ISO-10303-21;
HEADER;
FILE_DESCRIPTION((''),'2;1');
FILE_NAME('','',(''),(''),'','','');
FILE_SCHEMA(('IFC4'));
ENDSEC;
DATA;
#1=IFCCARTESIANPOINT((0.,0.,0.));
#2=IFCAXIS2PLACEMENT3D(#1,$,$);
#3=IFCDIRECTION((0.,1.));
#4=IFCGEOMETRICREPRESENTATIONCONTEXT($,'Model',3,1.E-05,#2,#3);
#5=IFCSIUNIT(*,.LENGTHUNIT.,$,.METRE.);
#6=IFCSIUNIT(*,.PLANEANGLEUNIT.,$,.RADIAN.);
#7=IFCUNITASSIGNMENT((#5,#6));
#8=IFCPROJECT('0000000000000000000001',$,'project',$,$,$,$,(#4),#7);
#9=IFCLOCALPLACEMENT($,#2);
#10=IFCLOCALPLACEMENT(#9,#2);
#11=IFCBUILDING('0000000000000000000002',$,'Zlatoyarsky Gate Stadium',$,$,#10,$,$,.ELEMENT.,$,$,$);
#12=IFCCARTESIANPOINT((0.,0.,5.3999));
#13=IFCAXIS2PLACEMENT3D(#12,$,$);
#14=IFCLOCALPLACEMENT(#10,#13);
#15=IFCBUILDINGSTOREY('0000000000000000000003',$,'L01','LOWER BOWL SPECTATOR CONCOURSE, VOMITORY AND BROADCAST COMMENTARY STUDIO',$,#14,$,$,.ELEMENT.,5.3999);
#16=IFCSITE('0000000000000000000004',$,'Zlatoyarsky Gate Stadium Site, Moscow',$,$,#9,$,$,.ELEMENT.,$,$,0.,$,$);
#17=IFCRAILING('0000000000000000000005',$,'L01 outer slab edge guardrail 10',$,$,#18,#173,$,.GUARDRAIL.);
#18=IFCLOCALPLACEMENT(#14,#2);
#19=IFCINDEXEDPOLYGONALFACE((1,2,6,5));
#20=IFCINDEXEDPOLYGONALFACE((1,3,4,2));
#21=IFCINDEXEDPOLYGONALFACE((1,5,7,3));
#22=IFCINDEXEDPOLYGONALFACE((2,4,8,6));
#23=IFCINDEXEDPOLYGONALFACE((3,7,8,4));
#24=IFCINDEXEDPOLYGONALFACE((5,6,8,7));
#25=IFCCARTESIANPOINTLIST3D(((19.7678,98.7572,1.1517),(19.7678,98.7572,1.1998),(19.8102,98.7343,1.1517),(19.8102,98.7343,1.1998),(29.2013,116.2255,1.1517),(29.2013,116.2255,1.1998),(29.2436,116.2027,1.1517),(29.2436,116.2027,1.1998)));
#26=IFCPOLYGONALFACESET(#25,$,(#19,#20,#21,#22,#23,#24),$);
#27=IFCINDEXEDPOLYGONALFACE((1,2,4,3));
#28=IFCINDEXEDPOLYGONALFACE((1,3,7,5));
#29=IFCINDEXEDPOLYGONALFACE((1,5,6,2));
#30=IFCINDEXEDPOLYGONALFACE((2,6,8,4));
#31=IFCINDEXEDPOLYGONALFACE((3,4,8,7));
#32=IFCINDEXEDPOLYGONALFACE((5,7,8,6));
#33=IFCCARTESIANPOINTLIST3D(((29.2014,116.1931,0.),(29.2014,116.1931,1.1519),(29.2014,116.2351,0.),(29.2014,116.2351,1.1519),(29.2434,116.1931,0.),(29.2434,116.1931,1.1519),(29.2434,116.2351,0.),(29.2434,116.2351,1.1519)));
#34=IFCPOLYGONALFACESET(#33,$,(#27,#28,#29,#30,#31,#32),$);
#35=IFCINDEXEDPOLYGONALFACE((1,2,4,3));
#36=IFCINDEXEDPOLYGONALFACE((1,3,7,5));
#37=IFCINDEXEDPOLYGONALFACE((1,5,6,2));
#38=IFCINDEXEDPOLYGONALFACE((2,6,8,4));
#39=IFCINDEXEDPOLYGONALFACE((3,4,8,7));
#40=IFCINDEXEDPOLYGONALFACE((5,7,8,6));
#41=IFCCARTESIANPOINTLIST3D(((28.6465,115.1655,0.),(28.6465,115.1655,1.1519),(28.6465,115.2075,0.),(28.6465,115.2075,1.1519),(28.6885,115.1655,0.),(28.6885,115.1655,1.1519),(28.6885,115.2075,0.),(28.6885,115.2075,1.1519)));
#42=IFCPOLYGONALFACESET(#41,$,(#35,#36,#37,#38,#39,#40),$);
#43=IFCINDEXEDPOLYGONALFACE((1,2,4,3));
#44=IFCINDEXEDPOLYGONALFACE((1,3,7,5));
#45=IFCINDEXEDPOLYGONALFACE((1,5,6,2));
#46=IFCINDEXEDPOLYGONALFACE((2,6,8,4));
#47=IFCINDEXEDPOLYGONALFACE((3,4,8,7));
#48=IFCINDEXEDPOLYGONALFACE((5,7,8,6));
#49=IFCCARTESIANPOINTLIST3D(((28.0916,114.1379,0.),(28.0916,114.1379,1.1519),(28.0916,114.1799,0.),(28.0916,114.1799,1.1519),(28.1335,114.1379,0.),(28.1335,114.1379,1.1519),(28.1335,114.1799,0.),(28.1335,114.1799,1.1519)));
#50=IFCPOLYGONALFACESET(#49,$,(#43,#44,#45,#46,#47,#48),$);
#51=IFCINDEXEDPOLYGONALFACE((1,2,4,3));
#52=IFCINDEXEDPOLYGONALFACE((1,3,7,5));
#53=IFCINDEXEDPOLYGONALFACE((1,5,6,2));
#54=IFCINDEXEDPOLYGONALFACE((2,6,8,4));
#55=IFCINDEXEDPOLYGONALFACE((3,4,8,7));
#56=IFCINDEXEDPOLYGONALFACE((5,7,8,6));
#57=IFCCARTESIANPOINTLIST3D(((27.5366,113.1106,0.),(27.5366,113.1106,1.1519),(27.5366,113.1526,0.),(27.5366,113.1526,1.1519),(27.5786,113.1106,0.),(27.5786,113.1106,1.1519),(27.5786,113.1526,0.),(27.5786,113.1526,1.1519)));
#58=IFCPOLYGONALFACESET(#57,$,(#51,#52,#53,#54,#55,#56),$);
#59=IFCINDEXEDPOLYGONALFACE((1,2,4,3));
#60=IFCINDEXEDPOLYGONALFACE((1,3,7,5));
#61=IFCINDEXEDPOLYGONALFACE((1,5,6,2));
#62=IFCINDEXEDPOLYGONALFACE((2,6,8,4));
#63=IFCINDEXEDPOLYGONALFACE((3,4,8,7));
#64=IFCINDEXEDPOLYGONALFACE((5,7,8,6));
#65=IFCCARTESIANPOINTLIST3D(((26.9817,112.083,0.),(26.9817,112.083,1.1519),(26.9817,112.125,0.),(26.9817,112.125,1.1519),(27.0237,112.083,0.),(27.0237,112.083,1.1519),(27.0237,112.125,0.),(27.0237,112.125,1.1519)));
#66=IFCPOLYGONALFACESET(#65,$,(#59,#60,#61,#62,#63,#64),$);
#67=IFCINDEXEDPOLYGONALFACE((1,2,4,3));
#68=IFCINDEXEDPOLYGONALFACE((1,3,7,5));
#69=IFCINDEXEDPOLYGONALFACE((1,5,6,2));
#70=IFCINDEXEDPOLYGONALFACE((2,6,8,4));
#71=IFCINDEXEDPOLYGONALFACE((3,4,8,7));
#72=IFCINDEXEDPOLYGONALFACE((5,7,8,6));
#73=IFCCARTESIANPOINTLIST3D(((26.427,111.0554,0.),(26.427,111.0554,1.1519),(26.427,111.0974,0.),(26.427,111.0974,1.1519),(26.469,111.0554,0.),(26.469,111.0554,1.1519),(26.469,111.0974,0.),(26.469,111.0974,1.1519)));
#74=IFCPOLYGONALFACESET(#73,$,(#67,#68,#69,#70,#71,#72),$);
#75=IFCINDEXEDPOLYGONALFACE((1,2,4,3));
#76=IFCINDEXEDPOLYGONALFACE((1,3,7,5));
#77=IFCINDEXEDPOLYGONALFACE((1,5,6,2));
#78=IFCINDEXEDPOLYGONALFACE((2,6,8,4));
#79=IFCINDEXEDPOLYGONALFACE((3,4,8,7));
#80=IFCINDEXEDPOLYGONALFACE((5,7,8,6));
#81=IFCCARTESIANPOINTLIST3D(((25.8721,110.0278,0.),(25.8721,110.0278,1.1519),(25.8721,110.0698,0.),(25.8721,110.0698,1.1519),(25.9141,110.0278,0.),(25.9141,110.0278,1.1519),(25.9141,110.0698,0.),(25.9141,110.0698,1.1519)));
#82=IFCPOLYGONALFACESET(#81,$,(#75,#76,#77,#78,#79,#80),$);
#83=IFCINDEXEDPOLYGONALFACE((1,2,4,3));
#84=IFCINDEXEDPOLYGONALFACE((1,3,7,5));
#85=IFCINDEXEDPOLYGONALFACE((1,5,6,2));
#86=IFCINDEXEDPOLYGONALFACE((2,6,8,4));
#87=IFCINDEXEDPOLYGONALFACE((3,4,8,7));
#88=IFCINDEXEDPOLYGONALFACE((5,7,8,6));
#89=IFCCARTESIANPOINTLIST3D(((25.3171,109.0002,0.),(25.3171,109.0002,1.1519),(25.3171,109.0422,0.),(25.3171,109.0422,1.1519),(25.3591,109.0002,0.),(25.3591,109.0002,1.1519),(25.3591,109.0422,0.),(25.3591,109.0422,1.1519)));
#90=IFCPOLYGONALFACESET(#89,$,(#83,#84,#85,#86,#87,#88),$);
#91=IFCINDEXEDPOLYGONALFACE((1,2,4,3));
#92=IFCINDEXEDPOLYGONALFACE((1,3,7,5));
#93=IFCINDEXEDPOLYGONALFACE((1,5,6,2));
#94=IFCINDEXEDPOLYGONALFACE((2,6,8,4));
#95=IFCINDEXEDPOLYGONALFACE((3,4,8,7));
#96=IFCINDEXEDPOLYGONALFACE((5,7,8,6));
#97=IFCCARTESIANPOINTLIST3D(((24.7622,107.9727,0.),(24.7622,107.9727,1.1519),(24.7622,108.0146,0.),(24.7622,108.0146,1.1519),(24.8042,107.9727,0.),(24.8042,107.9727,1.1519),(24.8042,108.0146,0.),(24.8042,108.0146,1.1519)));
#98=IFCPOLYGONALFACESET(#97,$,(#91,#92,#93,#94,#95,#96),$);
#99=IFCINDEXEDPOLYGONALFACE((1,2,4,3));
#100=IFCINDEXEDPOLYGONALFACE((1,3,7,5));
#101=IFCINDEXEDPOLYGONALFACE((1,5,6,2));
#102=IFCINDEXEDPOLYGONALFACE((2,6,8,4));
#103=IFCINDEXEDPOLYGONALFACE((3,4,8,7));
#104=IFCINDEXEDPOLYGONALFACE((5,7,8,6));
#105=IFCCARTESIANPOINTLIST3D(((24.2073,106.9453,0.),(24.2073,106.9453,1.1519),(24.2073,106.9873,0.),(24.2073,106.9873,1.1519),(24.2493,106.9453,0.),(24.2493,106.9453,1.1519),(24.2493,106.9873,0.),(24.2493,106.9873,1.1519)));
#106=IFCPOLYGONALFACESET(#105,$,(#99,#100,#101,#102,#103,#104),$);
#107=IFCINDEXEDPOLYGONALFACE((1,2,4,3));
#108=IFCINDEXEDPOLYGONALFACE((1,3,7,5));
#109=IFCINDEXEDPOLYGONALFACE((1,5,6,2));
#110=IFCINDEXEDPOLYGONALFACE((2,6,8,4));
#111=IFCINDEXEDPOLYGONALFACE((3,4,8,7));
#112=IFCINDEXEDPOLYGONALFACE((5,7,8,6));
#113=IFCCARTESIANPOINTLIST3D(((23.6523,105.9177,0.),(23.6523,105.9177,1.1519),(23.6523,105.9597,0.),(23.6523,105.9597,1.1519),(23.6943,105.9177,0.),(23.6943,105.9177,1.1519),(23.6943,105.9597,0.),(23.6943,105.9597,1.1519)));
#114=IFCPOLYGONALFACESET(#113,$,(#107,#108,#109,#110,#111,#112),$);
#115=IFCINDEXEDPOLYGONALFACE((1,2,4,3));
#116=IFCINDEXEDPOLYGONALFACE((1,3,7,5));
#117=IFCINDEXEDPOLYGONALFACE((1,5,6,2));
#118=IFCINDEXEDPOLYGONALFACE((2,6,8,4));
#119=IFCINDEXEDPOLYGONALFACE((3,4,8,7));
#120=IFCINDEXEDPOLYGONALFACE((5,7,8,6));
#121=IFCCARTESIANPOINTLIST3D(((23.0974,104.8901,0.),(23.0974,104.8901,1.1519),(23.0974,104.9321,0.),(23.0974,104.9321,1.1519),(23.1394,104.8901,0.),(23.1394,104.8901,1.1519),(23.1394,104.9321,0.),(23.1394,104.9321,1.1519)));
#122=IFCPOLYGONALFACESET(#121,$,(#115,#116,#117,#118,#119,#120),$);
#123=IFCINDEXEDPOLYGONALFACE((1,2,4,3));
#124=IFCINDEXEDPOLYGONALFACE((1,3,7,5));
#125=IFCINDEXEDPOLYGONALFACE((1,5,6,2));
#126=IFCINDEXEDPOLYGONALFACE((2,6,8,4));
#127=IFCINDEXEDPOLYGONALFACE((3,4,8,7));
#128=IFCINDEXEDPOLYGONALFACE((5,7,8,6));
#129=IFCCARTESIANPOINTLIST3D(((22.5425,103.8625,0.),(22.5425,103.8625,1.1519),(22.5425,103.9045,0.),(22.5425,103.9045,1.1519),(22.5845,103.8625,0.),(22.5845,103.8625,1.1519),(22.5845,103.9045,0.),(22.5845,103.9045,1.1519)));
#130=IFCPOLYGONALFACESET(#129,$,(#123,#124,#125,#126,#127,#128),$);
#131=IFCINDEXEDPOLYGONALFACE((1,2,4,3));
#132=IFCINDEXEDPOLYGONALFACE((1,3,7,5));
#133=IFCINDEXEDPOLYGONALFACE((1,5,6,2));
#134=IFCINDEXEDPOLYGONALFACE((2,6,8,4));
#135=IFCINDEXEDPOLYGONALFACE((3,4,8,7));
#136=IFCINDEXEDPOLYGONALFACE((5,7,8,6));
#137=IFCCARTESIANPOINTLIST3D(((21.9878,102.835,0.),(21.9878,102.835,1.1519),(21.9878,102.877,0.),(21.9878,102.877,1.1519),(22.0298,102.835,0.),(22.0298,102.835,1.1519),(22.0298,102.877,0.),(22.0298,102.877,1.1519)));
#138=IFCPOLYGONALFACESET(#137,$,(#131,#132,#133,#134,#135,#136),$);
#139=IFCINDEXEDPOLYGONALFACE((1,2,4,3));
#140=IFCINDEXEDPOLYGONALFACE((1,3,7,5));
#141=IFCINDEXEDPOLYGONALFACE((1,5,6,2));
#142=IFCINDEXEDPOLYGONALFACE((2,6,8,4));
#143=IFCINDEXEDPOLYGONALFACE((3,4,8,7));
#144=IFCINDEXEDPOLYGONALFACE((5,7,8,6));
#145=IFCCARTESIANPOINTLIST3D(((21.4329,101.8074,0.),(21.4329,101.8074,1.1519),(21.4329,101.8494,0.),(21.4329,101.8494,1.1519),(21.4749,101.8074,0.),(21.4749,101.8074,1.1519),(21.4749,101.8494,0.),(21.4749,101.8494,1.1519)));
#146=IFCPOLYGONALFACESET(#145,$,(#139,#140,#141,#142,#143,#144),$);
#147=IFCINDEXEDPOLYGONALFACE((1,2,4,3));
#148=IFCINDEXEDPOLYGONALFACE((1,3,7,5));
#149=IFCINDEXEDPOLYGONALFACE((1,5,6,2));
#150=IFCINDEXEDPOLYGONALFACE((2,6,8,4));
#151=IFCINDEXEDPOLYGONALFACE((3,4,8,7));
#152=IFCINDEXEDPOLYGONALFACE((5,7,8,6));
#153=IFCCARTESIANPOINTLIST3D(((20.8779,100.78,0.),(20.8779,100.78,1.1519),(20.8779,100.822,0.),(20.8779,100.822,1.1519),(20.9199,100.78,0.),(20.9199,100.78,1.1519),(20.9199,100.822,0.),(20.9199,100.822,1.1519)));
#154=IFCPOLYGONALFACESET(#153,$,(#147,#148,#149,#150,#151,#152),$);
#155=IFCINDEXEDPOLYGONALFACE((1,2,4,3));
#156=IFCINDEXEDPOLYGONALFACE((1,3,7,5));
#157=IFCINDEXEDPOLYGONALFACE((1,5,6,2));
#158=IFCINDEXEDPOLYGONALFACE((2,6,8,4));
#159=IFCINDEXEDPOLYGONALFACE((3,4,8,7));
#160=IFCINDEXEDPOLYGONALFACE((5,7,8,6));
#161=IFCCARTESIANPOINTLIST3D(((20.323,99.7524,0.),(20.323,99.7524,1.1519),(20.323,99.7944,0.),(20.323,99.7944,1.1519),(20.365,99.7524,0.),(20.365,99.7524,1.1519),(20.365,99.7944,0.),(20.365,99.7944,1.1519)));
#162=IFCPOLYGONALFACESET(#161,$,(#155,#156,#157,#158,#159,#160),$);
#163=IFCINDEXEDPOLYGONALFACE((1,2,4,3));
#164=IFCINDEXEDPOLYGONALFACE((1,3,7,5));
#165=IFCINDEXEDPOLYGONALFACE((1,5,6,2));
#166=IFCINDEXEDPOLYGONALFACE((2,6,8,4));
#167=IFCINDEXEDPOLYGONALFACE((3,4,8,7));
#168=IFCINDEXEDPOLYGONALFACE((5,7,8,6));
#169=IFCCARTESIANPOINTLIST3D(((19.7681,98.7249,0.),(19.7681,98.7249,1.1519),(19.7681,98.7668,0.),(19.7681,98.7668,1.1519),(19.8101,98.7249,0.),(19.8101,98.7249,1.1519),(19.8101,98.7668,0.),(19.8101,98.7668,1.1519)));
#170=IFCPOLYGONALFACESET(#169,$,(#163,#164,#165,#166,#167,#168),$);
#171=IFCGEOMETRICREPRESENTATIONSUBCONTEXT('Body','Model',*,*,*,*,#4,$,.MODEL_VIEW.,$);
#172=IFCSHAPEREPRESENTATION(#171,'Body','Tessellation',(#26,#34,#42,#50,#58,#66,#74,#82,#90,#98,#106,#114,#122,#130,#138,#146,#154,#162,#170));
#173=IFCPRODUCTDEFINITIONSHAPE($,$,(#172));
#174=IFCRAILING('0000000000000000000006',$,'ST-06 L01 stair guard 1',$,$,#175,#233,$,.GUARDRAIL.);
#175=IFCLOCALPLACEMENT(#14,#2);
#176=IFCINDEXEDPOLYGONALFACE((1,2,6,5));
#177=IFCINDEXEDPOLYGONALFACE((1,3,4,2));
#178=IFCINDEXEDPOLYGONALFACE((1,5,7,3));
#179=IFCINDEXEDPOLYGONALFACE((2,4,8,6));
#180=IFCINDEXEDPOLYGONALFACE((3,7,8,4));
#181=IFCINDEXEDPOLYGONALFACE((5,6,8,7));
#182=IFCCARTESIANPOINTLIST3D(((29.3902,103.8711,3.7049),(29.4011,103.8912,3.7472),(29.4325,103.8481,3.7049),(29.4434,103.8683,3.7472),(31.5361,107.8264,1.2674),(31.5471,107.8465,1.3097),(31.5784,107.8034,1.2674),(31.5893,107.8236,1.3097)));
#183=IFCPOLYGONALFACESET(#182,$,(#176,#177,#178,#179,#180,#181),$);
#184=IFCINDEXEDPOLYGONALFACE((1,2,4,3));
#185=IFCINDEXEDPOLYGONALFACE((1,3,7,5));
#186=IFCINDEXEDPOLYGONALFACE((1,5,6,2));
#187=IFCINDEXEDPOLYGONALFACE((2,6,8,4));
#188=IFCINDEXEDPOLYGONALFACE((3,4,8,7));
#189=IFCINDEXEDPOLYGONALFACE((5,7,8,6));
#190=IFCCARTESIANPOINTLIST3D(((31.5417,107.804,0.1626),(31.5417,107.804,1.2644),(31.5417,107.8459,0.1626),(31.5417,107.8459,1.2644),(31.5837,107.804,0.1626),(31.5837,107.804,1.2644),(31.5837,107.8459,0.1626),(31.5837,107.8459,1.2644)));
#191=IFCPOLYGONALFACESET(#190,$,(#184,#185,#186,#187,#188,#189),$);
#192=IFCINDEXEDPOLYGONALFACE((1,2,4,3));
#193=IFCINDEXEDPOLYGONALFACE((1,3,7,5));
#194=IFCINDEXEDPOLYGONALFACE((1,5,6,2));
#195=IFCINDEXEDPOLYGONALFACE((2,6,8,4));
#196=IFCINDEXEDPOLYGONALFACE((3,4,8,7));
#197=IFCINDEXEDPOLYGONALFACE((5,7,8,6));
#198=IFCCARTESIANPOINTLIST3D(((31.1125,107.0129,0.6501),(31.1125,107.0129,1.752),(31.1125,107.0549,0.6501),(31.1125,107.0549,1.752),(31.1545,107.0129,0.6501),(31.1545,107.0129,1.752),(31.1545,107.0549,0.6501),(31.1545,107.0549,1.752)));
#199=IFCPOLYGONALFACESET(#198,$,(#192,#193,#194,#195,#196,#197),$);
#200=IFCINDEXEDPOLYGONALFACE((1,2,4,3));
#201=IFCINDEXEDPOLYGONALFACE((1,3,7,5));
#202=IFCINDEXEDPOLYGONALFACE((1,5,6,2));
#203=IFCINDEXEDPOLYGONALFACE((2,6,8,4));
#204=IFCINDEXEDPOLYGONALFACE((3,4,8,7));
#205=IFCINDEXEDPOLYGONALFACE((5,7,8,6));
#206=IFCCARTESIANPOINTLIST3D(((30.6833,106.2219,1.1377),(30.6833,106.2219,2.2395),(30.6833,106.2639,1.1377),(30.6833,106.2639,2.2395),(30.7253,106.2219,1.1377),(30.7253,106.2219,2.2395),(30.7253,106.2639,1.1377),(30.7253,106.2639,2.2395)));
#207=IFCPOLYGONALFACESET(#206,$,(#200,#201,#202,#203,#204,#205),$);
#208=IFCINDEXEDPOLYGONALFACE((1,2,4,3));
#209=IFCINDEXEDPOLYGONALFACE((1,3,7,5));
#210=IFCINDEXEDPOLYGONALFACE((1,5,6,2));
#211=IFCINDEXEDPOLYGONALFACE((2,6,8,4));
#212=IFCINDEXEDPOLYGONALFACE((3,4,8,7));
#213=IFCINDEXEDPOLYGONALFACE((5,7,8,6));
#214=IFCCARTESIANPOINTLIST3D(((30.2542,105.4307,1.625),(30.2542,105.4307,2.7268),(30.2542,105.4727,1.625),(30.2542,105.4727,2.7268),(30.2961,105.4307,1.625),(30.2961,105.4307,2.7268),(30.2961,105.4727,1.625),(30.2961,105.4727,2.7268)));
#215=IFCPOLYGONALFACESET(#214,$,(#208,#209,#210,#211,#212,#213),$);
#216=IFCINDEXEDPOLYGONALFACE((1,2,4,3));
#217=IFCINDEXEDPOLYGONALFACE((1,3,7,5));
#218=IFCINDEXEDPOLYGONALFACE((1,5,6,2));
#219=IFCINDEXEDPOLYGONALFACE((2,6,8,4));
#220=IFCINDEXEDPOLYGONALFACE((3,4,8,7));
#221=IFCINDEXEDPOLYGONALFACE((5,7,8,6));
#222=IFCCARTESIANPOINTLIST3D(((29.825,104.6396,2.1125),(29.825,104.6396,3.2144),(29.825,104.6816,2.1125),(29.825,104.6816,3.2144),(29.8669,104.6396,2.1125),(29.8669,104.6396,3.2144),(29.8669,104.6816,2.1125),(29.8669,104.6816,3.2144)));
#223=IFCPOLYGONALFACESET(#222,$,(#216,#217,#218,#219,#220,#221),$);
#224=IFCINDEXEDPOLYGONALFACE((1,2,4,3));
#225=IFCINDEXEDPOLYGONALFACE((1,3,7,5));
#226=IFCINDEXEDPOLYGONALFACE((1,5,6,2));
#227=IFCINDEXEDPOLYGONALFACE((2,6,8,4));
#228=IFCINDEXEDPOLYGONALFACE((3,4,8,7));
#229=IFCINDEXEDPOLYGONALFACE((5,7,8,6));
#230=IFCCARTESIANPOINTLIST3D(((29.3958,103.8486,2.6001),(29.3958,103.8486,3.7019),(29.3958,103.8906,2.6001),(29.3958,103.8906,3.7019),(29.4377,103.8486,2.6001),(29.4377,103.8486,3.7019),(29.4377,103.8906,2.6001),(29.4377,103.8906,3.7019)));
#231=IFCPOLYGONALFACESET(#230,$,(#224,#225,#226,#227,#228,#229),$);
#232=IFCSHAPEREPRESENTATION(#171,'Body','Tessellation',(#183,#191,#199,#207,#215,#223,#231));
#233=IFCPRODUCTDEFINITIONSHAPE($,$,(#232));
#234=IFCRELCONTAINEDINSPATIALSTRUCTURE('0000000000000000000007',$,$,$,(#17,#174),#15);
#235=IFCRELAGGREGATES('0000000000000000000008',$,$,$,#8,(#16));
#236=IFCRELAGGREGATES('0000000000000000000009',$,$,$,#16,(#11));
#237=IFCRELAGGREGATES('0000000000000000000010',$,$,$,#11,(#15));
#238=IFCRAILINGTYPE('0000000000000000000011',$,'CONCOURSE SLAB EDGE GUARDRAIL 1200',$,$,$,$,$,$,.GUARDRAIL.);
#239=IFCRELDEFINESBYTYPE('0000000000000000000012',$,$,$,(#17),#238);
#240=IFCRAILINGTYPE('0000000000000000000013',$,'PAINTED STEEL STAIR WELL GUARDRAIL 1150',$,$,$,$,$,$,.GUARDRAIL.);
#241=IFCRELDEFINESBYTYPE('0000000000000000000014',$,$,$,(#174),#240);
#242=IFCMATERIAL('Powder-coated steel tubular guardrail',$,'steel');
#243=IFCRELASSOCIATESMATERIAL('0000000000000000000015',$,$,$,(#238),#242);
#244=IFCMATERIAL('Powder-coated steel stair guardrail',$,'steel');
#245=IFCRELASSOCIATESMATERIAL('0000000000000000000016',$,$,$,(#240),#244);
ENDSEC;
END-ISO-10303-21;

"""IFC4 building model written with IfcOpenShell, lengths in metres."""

from ifc_helpers import new_model, si_unit, direction, frame, origin, origin_2d, place, context, subcontext, project, spatial, rectangle, extrude, material, type_object, element, save


model = new_model("IFC4")

# Units and contexts
model_context = context("Model", 3, precision=1e-05, world=origin(), true_north=direction((0.0, 1.0)))
body_context = subcontext(model_context, "Body", "Model", "MODEL_VIEW")
ifc_project = project(units=[si_unit("LENGTHUNIT", "METRE"), si_unit("PLANEANGLEUNIT", "RADIAN")], contexts=[model_context])

# Site, building, storey
site_placement = place(None, origin())
site = spatial("IfcSite", under=ifc_project, at=site_placement, Name="Zlatoyarsky Gate Stadium Site, Moscow", CompositionType="ELEMENT", RefElevation=0.0)
building_placement = place(site_placement, origin())
building = spatial("IfcBuilding", under=site, at=building_placement, Name="Zlatoyarsky Gate Stadium", CompositionType="ELEMENT")
storey_placement = place(building_placement, frame((0.0, 0.0, 5.3999)))
storey = spatial("IfcBuildingStorey", under=building, at=storey_placement, Name="L01", Description="LOWER BOWL SPECTATOR CONCOURSE, VOMITORY AND BROADCAST COMMENTARY STUDIO", CompositionType="ELEMENT", Elevation=5.3999)

# Railings
ifc_material_1 = material(Name="Powder-coated steel tubular guardrail", Category="steel")
railing_type_1 = type_object("IfcRailingType", Name="CONCOURSE SLAB EDGE GUARDRAIL 1200", PredefinedType="GUARDRAIL", material=ifc_material_1)
railing_1_placement = place(storey_placement, frame((29.2224, 116.2141, 0.0)))
element("IfcRailing", 1, at=railing_1_placement, inside=storey, type_object=railing_type_1, Name="L01 outer slab edge guardrail 10", PredefinedType="GUARDRAIL", context=body_context, shape_type="SweptSolid", body=[
    extrude(rectangle(XDim=0.0481, YDim=0.0481, at=origin_2d()), frame((0.0, 0.0, 1.1758), z_axis=(-0.475168, -0.879895, 0.0), x_axis=(0.879895, -0.475168, 0.0)), (0.0, 0.0, 1.0), 19.8528),
    extrude(rectangle(XDim=0.042, YDim=0.042, at=origin_2d()), origin(), (0.0, 0.0, 1.0), 1.1519),
    extrude(rectangle(XDim=0.042, YDim=0.042, at=origin_2d()), frame((-0.5549, -1.0276, 0.0)), (0.0, 0.0, 1.0), 1.1519),
    extrude(rectangle(XDim=0.042, YDim=0.042, at=origin_2d()), frame((-1.1099, -2.0552, 0.0)), (0.0, 0.0, 1.0), 1.1519),
    extrude(rectangle(XDim=0.042, YDim=0.042, at=origin_2d()), frame((-1.6648, -3.0825, 0.0)), (0.0, 0.0, 1.0), 1.1519),
    extrude(rectangle(XDim=0.042, YDim=0.042, at=origin_2d()), frame((-2.2197, -4.1101, 0.0)), (0.0, 0.0, 1.0), 1.1519),
    extrude(rectangle(XDim=0.042, YDim=0.042, at=origin_2d()), frame((-2.7744, -5.1377, 0.0)), (0.0, 0.0, 1.0), 1.1519),
    extrude(rectangle(XDim=0.042, YDim=0.042, at=origin_2d()), frame((-3.3293, -6.1653, 0.0)), (0.0, 0.0, 1.0), 1.1519),
    extrude(rectangle(XDim=0.042, YDim=0.042, at=origin_2d()), frame((-3.8843, -7.1929, 0.0)), (0.0, 0.0, 1.0), 1.1519),
    extrude(rectangle(XDim=0.042, YDim=0.042, at=origin_2d()), frame((-4.4392, -8.2205, 0.0)), (0.0, 0.0, 1.0), 1.1519),
    extrude(rectangle(XDim=0.042, YDim=0.042, at=origin_2d()), frame((-4.9941, -9.2478, 0.0)), (0.0, 0.0, 1.0), 1.1519),
    extrude(rectangle(XDim=0.042, YDim=0.042, at=origin_2d()), frame((-5.5491, -10.2754, 0.0)), (0.0, 0.0, 1.0), 1.1519),
    extrude(rectangle(XDim=0.042, YDim=0.042, at=origin_2d()), frame((-6.104, -11.303, 0.0)), (0.0, 0.0, 1.0), 1.1519),
    extrude(rectangle(XDim=0.042, YDim=0.042, at=origin_2d()), frame((-6.6589, -12.3306, 0.0)), (0.0, 0.0, 1.0), 1.1519),
    extrude(rectangle(XDim=0.042, YDim=0.042, at=origin_2d()), frame((-7.2136, -13.3582, 0.0)), (0.0, 0.0, 1.0), 1.1519),
    extrude(rectangle(XDim=0.042, YDim=0.042, at=origin_2d()), frame((-7.7686, -14.3857, 0.0)), (0.0, 0.0, 1.0), 1.1519),
    extrude(rectangle(XDim=0.042, YDim=0.042, at=origin_2d()), frame((-8.3235, -15.4131, 0.0)), (0.0, 0.0, 1.0), 1.1519),
    extrude(rectangle(XDim=0.042, YDim=0.042, at=origin_2d()), frame((-8.8784, -16.4407, 0.0)), (0.0, 0.0, 1.0), 1.1519),
    extrude(rectangle(XDim=0.042, YDim=0.042, at=origin_2d()), frame((-9.4333, -17.4683, 0.0)), (0.0, 0.0, 1.0), 1.1519),
])
ifc_material_2 = material(Name="Powder-coated steel stair guardrail", Category="steel")
railing_type_2 = type_object("IfcRailingType", Name="PAINTED STEEL STAIR WELL GUARDRAIL 1150", PredefinedType="GUARDRAIL", material=ifc_material_2)
railing_2_placement = place(storey_placement, frame((31.5627, 107.825, 0.1626)))
element("IfcRailing", 2, at=railing_2_placement, inside=storey, type_object=railing_type_2, Name="ST-06 L01 stair guard 1", PredefinedType="GUARDRAIL", context=body_context, shape_type="SweptSolid", body=[
    extrude(rectangle(XDim=0.0481, YDim=0.0481, at=origin_2d()), frame((0.0, 0.0, 1.126), z_axis=(-0.419325, -0.772865, 0.476284), x_axis=(0.878963, -0.47689, 0.0)), (0.0, 0.0, 1.0), 5.1177),
    extrude(rectangle(XDim=0.042, YDim=0.042, at=origin_2d()), origin(), (0.0, 0.0, 1.0), 1.1018),
    extrude(rectangle(XDim=0.042, YDim=0.042, at=origin_2d()), frame((-0.4292, -0.791, 0.4875)), (0.0, 0.0, 1.0), 1.1018),
    extrude(rectangle(XDim=0.042, YDim=0.042, at=origin_2d()), frame((-0.8584, -1.582, 0.9751)), (0.0, 0.0, 1.0), 1.1018),
    extrude(rectangle(XDim=0.042, YDim=0.042, at=origin_2d()), frame((-1.2876, -2.3733, 1.4624)), (0.0, 0.0, 1.0), 1.1018),
    extrude(rectangle(XDim=0.042, YDim=0.042, at=origin_2d()), frame((-1.7168, -3.1643, 1.95)), (0.0, 0.0, 1.0), 1.1018),
    extrude(rectangle(XDim=0.042, YDim=0.042, at=origin_2d()), frame((-2.146, -3.9553, 2.4375)), (0.0, 0.0, 1.0), 1.1018),
])

save(model, "model.ifc")
